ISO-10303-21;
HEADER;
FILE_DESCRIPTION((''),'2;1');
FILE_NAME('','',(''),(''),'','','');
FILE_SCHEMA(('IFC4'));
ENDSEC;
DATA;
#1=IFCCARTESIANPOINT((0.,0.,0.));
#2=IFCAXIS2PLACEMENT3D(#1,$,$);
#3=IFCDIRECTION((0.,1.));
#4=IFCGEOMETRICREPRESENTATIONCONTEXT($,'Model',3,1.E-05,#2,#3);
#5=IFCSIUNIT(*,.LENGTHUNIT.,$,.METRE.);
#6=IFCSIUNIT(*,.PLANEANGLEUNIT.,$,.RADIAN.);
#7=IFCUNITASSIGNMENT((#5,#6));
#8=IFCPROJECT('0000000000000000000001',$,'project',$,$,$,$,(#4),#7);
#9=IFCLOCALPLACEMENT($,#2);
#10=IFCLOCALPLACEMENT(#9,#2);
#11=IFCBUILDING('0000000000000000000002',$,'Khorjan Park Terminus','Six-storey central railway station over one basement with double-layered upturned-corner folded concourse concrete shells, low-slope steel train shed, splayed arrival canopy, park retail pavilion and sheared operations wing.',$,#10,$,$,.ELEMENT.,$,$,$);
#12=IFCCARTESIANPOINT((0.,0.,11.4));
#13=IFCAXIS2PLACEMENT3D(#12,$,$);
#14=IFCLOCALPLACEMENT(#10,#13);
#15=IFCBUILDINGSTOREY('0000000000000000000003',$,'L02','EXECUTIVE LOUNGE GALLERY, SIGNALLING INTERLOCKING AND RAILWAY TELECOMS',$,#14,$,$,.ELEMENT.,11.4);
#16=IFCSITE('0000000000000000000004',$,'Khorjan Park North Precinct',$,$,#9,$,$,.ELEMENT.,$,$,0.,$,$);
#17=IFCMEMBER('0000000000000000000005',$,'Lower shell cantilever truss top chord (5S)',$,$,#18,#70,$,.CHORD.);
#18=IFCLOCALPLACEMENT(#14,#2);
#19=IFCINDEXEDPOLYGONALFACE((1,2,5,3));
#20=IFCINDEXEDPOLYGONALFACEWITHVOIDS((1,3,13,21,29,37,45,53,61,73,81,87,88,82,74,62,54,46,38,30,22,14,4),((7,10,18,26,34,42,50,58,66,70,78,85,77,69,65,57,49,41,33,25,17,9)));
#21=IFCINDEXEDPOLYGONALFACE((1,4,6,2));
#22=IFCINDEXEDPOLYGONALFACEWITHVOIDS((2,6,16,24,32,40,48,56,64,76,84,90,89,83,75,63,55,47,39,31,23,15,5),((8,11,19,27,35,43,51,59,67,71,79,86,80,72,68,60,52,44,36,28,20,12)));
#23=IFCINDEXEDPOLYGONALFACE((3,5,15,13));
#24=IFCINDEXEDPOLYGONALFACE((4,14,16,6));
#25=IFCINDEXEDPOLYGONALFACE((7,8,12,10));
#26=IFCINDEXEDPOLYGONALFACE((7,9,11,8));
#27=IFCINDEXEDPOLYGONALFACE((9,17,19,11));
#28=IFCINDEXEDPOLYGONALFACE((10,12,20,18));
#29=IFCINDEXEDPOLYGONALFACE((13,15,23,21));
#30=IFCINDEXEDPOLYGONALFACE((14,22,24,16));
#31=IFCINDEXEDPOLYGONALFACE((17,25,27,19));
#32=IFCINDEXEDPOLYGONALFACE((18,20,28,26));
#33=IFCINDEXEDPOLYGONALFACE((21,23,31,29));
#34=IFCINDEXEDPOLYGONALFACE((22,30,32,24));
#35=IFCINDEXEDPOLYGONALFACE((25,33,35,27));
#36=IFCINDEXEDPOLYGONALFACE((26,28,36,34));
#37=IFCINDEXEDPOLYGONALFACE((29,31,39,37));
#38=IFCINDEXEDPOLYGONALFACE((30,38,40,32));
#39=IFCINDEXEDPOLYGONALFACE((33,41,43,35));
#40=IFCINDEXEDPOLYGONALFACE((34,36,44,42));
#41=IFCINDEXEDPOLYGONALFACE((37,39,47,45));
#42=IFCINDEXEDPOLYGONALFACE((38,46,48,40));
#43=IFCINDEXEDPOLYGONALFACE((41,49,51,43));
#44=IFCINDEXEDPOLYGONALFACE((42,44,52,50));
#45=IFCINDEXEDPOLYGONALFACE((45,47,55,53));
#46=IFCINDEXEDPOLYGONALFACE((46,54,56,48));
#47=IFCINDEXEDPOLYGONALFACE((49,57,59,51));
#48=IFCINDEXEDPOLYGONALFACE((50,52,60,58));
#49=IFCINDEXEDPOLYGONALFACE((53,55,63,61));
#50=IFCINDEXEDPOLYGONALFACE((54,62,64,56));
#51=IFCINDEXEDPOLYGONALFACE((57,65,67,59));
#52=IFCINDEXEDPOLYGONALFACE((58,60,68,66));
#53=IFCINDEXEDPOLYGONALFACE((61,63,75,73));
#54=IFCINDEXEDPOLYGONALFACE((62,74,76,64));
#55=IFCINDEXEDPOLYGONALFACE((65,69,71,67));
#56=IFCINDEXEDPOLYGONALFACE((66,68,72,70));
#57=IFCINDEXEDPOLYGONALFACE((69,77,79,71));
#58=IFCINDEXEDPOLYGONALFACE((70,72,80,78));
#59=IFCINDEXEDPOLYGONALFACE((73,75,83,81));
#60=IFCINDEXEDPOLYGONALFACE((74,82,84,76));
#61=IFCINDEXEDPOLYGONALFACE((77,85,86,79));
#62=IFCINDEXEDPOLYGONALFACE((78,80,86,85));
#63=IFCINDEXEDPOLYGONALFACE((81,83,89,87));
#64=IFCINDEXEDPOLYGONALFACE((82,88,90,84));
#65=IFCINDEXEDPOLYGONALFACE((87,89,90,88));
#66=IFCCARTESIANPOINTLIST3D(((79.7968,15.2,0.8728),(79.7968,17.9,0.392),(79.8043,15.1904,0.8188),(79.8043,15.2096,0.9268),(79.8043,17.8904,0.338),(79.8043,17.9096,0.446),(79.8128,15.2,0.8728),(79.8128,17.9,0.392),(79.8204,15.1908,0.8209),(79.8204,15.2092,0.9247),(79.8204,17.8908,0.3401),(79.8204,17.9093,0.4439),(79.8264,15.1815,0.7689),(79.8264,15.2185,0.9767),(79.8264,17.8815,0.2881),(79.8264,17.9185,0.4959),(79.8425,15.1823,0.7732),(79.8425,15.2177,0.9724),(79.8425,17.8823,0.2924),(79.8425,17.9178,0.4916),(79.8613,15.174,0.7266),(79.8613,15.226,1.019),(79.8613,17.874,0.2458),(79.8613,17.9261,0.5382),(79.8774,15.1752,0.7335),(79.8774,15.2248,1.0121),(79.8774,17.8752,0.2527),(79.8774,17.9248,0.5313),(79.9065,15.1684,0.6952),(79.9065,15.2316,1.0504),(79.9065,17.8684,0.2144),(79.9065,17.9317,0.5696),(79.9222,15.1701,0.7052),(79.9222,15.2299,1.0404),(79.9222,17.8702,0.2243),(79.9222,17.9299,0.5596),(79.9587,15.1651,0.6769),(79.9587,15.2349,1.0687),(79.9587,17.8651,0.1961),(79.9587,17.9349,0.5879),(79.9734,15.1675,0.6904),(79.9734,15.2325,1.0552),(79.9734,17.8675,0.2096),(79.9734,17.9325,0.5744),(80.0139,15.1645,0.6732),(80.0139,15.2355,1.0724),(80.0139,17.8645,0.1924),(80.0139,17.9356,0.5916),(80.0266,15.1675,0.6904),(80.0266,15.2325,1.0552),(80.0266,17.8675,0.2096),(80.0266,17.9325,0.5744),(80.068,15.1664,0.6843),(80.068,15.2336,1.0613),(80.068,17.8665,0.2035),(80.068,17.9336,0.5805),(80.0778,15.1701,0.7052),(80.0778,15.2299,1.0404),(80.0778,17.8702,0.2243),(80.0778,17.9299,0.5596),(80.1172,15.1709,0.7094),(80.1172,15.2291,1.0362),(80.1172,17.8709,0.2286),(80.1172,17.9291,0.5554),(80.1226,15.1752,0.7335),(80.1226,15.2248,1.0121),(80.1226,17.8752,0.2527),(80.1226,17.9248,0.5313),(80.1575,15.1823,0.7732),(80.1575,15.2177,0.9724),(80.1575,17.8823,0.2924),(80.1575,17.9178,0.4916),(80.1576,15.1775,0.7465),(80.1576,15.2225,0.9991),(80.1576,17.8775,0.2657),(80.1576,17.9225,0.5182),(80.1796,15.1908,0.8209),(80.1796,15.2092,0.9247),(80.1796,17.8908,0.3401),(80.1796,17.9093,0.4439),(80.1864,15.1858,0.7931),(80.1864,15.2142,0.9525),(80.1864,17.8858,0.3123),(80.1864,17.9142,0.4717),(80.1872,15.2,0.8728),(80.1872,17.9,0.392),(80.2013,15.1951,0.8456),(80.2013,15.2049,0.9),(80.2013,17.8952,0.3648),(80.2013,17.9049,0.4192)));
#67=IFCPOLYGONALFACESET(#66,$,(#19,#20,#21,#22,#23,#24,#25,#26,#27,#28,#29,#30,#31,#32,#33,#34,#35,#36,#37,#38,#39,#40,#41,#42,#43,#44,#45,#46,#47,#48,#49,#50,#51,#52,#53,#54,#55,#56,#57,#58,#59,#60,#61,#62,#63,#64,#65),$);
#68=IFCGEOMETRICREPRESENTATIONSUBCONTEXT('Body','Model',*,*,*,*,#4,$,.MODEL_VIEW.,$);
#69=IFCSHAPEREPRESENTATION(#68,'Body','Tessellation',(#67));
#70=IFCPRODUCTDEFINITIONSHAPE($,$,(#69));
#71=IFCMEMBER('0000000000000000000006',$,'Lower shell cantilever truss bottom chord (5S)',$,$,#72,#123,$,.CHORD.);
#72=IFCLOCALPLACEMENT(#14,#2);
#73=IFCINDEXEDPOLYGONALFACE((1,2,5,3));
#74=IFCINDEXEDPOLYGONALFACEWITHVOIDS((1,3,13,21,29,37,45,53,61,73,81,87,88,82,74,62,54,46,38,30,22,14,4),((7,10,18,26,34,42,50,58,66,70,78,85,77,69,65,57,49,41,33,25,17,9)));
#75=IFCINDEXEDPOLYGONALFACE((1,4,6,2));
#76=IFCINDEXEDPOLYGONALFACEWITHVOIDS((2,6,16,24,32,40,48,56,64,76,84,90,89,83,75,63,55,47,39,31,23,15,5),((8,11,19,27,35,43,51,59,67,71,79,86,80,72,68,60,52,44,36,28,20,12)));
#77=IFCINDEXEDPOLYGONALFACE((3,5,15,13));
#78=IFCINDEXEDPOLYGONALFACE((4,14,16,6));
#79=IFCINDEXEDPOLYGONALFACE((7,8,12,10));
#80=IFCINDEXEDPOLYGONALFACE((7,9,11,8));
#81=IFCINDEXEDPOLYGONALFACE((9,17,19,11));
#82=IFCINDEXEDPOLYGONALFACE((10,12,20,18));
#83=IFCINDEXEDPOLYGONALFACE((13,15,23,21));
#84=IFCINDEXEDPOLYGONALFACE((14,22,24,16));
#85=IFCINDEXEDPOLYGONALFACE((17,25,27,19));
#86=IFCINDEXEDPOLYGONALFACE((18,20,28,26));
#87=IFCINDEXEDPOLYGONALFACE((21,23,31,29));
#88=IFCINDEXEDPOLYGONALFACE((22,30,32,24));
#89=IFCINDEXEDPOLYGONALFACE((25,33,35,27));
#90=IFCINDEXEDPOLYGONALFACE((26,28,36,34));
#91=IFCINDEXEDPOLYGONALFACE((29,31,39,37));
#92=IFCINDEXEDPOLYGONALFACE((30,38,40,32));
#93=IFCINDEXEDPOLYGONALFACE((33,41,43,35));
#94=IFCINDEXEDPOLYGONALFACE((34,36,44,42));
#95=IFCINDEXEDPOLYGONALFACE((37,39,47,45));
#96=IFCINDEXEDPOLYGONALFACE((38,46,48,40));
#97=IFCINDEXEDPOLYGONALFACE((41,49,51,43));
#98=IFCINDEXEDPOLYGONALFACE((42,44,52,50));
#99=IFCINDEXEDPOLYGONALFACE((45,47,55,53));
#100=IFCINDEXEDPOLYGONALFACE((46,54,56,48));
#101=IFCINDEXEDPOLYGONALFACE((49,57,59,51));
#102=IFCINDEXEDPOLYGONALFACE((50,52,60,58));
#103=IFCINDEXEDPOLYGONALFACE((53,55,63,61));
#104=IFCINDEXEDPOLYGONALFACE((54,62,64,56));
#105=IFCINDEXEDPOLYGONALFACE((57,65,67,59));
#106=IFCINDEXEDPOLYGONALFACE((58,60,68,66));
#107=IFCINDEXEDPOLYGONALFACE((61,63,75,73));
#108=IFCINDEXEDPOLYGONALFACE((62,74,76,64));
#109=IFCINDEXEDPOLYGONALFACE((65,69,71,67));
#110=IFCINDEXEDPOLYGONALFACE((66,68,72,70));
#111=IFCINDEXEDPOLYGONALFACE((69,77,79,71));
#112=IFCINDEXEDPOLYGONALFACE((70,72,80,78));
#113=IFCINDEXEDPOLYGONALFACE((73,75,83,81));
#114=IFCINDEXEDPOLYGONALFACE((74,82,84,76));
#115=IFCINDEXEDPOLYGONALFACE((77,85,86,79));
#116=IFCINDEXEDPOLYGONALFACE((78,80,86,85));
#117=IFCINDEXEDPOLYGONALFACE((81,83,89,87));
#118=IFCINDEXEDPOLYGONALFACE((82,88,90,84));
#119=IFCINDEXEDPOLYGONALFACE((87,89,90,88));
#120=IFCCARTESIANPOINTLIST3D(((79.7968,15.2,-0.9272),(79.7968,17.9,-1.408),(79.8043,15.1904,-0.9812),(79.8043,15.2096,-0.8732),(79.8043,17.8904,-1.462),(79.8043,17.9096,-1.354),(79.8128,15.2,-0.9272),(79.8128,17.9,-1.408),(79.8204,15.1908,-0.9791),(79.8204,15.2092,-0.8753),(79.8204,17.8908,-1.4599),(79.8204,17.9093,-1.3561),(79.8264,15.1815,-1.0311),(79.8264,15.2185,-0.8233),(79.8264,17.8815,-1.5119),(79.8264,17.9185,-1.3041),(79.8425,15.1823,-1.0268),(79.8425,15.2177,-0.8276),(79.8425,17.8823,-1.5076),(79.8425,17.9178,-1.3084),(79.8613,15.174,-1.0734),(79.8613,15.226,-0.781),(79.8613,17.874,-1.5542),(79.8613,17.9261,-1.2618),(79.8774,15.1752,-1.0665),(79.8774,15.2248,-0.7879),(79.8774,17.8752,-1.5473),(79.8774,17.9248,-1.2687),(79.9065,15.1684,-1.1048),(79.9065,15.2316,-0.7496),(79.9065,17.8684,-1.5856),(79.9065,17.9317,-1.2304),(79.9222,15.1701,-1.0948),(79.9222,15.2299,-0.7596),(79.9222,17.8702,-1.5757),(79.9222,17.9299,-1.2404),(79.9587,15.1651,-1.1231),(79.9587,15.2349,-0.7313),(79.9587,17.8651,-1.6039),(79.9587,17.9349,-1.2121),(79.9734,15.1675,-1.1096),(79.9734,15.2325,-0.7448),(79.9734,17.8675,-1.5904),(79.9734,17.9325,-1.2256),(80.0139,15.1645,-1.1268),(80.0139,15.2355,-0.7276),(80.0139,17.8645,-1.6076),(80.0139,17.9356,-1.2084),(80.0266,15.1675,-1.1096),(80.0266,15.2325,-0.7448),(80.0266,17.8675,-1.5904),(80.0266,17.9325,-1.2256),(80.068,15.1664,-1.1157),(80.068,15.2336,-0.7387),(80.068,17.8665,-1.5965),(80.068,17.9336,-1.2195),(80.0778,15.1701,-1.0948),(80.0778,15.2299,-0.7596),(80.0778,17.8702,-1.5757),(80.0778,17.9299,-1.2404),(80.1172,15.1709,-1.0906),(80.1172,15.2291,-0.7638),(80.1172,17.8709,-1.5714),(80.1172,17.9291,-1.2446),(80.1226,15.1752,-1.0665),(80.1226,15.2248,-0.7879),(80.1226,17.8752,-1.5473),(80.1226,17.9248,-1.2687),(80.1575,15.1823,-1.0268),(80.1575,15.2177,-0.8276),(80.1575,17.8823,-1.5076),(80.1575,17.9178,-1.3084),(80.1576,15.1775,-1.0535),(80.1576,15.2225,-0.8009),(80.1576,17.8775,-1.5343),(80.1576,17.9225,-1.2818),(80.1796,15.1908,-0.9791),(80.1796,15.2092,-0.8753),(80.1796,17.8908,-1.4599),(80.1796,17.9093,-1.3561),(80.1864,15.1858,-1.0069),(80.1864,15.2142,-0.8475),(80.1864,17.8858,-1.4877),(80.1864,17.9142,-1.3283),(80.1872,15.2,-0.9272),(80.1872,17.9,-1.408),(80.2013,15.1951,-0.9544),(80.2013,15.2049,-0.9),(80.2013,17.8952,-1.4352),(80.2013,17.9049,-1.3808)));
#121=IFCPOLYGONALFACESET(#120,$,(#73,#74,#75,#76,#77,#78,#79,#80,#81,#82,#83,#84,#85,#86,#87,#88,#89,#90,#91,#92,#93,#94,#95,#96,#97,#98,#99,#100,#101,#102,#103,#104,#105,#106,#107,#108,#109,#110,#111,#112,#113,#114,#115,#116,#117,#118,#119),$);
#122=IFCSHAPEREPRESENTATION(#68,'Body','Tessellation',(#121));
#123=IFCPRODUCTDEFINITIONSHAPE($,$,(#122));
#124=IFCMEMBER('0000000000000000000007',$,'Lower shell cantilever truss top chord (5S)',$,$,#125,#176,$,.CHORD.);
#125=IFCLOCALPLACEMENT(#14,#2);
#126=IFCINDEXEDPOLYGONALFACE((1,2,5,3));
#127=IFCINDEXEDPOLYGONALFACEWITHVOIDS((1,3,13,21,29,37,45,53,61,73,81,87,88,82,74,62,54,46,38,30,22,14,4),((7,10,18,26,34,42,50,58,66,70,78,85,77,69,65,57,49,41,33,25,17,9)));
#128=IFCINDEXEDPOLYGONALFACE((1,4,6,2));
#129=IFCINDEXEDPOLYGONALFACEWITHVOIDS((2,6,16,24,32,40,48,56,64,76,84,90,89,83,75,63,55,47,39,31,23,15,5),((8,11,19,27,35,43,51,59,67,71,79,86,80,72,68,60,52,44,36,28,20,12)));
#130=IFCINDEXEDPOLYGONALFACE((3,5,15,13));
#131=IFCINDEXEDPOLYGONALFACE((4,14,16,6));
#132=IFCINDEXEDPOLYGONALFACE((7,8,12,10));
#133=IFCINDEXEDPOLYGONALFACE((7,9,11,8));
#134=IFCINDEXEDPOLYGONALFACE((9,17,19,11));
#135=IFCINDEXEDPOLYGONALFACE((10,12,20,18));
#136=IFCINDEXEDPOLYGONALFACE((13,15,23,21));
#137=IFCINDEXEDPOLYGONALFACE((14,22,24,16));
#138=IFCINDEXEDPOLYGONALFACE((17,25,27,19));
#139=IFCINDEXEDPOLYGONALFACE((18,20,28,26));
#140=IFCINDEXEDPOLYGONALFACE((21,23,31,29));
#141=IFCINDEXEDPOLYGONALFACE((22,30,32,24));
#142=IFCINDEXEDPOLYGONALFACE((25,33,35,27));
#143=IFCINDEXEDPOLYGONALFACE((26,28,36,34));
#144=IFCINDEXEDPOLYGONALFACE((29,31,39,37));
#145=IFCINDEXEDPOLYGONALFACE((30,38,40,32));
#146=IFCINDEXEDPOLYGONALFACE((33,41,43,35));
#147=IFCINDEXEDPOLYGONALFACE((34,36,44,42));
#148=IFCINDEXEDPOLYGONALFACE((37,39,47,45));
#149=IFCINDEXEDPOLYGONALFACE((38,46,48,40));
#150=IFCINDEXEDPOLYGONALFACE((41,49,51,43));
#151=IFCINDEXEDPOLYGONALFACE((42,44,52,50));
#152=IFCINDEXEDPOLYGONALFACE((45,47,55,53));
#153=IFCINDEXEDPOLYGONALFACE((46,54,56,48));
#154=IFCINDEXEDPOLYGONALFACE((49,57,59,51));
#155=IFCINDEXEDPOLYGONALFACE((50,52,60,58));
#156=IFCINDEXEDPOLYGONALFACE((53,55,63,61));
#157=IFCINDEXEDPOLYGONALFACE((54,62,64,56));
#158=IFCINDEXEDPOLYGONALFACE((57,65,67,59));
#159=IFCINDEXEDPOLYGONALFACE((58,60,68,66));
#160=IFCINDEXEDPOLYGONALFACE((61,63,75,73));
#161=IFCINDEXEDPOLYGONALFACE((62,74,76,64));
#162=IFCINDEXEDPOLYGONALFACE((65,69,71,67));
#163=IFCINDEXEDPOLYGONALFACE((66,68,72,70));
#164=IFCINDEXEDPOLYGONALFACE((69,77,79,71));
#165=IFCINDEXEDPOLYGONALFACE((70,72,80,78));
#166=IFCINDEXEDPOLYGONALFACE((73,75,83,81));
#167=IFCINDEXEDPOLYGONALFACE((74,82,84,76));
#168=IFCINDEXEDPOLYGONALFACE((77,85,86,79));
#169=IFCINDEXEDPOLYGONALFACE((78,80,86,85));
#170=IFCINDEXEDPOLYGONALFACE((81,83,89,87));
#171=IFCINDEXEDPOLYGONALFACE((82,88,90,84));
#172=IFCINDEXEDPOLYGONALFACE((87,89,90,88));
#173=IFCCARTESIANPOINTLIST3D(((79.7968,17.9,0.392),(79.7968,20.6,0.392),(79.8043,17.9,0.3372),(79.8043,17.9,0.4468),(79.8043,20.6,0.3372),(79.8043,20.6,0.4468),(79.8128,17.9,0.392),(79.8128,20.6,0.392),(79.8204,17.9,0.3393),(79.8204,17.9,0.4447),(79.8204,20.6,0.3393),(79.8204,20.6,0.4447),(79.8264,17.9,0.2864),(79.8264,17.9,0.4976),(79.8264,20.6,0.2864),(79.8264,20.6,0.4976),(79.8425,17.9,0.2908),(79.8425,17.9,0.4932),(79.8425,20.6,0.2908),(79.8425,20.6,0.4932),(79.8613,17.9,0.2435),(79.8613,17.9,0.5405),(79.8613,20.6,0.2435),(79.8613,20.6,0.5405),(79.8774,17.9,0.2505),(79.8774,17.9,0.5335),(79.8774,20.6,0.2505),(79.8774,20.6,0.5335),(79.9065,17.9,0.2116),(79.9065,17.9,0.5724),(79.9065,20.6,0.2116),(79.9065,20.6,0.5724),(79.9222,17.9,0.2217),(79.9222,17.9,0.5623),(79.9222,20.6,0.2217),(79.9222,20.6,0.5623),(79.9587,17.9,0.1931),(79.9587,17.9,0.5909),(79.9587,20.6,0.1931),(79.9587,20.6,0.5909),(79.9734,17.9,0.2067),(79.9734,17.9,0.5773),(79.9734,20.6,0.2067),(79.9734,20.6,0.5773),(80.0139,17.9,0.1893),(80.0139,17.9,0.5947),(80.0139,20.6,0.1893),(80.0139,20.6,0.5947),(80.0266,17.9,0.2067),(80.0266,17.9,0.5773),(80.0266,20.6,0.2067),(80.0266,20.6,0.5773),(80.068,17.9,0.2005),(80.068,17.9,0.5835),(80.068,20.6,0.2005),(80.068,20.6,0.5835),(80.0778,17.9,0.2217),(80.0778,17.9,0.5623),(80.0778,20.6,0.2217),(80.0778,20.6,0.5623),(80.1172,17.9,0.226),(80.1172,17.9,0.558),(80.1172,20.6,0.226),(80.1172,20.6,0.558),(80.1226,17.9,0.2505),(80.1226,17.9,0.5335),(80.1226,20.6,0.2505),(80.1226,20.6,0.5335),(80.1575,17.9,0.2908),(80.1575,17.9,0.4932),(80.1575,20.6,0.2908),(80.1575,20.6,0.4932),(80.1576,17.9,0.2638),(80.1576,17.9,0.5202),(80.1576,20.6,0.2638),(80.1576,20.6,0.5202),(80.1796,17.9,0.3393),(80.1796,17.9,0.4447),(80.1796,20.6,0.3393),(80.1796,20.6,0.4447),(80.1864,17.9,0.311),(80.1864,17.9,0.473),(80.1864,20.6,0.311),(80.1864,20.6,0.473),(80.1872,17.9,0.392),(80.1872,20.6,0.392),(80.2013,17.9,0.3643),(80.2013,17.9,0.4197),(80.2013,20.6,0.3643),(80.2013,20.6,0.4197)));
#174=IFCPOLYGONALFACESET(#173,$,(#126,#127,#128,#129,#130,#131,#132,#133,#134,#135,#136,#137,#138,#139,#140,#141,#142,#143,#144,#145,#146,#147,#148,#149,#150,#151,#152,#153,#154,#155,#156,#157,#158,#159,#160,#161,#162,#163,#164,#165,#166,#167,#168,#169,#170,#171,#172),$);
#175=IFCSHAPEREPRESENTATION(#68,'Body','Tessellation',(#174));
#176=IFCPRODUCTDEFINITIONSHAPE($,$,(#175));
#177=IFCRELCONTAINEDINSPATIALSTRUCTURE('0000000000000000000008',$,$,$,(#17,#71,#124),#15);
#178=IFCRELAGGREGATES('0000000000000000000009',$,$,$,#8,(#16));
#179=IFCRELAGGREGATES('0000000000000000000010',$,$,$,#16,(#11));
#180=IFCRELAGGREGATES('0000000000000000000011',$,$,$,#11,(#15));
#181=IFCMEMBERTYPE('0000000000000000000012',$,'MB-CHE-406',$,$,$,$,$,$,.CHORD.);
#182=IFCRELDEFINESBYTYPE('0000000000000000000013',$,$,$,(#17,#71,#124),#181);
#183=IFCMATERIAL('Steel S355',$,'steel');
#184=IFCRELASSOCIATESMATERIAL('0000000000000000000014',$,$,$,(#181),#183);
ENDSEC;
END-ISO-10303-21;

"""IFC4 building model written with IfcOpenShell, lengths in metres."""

from ifc_helpers import new_model, si_unit, direction, frame, origin, origin_2d, place, context, subcontext, project, spatial, hollow_circle, extrude, material, material_profile, profile_set, type_object, element, save


model = new_model("IFC4")

# Units and contexts
model_context = context("Model", 3, precision=1e-05, world=origin(), true_north=direction((0.0, 1.0)))
body_context = subcontext(model_context, "Body", "Model", "MODEL_VIEW")
ifc_project = project(units=[si_unit("LENGTHUNIT", "METRE"), si_unit("PLANEANGLEUNIT", "RADIAN")], contexts=[model_context])

# Site, building, storey
site_placement = place(None, origin())
site = spatial("IfcSite", under=ifc_project, at=site_placement, Name="Khorjan Park North Precinct", CompositionType="ELEMENT", RefElevation=0.0)
building_placement = place(site_placement, origin())
building = spatial("IfcBuilding", under=site, at=building_placement, Name="Khorjan Park Terminus", Description="Six-storey central railway station over one basement with double-layered upturned-corner folded concourse concrete shells, low-slope steel train shed, splayed arrival canopy, park retail pavilion and sheared operations wing.", CompositionType="ELEMENT")
storey_placement = place(building_placement, frame((0.0, 0.0, 11.4)))
storey = spatial("IfcBuildingStorey", under=building, at=storey_placement, Name="L02", Description="EXECUTIVE LOUNGE GALLERY, SIGNALLING INTERLOCKING AND RAILWAY TELECOMS", CompositionType="ELEMENT", Elevation=11.4)

# Members
ifc_material_1 = material(Name="Steel S355", Category="steel")
ifc_material_profile_1 = material_profile(ifc_material_1, hollow_circle(Radius=0.2032, WallThickness=0.016, at=origin_2d()), Name="CHS 406.4x16")
ifc_profile_set_1 = profile_set([ifc_material_profile_1], Name="Steel S355")
member_type_1 = type_object("IfcMemberType", Name="MB-CHE-406", PredefinedType="CHORD", material=ifc_profile_set_1)
for number, where, z_axis, x_axis, name in (
    (1, (80.0, 15.2, 0.8728), (0.0, 0.984512, -0.175316), (-1.0, 0.0, 0.0), "Lower shell cantilever truss top chord (5S)"),
    (2, (80.0, 15.2, -0.9272), (0.0, 0.984512, -0.175316), (-1.0, 0.0, 0.0), "Lower shell cantilever truss bottom chord (5S)"),
):
    element("IfcMember", number, at=place(storey_placement, frame(where, z_axis=z_axis, x_axis=x_axis)), inside=storey, type_object=member_type_1, Name=name, PredefinedType="CHORD", context=body_context, shape_type="SweptSolid", body=[
        extrude(hollow_circle(Radius=0.2032, WallThickness=0.016, at=origin_2d()), origin(), (0.0, 0.0, 1.0), 2.7425),
    ])
for number, where, z_axis, x_axis, name in (
    (3, (80.0, 17.9, 0.392), (0.0, 1.0, 0.0), (-1.0, 0.0, 0.0), "Lower shell cantilever truss top chord (5S)"),
):
    element("IfcMember", number, at=place(storey_placement, frame(where, z_axis=z_axis, x_axis=x_axis)), inside=storey, type_object=member_type_1, Name=name, PredefinedType="CHORD", context=body_context, shape_type="SweptSolid", body=[
        extrude(hollow_circle(Radius=0.2032, WallThickness=0.016, at=origin_2d()), origin(), (0.0, 0.0, 1.0), 2.7),
    ])

save(model, "model.ifc")
